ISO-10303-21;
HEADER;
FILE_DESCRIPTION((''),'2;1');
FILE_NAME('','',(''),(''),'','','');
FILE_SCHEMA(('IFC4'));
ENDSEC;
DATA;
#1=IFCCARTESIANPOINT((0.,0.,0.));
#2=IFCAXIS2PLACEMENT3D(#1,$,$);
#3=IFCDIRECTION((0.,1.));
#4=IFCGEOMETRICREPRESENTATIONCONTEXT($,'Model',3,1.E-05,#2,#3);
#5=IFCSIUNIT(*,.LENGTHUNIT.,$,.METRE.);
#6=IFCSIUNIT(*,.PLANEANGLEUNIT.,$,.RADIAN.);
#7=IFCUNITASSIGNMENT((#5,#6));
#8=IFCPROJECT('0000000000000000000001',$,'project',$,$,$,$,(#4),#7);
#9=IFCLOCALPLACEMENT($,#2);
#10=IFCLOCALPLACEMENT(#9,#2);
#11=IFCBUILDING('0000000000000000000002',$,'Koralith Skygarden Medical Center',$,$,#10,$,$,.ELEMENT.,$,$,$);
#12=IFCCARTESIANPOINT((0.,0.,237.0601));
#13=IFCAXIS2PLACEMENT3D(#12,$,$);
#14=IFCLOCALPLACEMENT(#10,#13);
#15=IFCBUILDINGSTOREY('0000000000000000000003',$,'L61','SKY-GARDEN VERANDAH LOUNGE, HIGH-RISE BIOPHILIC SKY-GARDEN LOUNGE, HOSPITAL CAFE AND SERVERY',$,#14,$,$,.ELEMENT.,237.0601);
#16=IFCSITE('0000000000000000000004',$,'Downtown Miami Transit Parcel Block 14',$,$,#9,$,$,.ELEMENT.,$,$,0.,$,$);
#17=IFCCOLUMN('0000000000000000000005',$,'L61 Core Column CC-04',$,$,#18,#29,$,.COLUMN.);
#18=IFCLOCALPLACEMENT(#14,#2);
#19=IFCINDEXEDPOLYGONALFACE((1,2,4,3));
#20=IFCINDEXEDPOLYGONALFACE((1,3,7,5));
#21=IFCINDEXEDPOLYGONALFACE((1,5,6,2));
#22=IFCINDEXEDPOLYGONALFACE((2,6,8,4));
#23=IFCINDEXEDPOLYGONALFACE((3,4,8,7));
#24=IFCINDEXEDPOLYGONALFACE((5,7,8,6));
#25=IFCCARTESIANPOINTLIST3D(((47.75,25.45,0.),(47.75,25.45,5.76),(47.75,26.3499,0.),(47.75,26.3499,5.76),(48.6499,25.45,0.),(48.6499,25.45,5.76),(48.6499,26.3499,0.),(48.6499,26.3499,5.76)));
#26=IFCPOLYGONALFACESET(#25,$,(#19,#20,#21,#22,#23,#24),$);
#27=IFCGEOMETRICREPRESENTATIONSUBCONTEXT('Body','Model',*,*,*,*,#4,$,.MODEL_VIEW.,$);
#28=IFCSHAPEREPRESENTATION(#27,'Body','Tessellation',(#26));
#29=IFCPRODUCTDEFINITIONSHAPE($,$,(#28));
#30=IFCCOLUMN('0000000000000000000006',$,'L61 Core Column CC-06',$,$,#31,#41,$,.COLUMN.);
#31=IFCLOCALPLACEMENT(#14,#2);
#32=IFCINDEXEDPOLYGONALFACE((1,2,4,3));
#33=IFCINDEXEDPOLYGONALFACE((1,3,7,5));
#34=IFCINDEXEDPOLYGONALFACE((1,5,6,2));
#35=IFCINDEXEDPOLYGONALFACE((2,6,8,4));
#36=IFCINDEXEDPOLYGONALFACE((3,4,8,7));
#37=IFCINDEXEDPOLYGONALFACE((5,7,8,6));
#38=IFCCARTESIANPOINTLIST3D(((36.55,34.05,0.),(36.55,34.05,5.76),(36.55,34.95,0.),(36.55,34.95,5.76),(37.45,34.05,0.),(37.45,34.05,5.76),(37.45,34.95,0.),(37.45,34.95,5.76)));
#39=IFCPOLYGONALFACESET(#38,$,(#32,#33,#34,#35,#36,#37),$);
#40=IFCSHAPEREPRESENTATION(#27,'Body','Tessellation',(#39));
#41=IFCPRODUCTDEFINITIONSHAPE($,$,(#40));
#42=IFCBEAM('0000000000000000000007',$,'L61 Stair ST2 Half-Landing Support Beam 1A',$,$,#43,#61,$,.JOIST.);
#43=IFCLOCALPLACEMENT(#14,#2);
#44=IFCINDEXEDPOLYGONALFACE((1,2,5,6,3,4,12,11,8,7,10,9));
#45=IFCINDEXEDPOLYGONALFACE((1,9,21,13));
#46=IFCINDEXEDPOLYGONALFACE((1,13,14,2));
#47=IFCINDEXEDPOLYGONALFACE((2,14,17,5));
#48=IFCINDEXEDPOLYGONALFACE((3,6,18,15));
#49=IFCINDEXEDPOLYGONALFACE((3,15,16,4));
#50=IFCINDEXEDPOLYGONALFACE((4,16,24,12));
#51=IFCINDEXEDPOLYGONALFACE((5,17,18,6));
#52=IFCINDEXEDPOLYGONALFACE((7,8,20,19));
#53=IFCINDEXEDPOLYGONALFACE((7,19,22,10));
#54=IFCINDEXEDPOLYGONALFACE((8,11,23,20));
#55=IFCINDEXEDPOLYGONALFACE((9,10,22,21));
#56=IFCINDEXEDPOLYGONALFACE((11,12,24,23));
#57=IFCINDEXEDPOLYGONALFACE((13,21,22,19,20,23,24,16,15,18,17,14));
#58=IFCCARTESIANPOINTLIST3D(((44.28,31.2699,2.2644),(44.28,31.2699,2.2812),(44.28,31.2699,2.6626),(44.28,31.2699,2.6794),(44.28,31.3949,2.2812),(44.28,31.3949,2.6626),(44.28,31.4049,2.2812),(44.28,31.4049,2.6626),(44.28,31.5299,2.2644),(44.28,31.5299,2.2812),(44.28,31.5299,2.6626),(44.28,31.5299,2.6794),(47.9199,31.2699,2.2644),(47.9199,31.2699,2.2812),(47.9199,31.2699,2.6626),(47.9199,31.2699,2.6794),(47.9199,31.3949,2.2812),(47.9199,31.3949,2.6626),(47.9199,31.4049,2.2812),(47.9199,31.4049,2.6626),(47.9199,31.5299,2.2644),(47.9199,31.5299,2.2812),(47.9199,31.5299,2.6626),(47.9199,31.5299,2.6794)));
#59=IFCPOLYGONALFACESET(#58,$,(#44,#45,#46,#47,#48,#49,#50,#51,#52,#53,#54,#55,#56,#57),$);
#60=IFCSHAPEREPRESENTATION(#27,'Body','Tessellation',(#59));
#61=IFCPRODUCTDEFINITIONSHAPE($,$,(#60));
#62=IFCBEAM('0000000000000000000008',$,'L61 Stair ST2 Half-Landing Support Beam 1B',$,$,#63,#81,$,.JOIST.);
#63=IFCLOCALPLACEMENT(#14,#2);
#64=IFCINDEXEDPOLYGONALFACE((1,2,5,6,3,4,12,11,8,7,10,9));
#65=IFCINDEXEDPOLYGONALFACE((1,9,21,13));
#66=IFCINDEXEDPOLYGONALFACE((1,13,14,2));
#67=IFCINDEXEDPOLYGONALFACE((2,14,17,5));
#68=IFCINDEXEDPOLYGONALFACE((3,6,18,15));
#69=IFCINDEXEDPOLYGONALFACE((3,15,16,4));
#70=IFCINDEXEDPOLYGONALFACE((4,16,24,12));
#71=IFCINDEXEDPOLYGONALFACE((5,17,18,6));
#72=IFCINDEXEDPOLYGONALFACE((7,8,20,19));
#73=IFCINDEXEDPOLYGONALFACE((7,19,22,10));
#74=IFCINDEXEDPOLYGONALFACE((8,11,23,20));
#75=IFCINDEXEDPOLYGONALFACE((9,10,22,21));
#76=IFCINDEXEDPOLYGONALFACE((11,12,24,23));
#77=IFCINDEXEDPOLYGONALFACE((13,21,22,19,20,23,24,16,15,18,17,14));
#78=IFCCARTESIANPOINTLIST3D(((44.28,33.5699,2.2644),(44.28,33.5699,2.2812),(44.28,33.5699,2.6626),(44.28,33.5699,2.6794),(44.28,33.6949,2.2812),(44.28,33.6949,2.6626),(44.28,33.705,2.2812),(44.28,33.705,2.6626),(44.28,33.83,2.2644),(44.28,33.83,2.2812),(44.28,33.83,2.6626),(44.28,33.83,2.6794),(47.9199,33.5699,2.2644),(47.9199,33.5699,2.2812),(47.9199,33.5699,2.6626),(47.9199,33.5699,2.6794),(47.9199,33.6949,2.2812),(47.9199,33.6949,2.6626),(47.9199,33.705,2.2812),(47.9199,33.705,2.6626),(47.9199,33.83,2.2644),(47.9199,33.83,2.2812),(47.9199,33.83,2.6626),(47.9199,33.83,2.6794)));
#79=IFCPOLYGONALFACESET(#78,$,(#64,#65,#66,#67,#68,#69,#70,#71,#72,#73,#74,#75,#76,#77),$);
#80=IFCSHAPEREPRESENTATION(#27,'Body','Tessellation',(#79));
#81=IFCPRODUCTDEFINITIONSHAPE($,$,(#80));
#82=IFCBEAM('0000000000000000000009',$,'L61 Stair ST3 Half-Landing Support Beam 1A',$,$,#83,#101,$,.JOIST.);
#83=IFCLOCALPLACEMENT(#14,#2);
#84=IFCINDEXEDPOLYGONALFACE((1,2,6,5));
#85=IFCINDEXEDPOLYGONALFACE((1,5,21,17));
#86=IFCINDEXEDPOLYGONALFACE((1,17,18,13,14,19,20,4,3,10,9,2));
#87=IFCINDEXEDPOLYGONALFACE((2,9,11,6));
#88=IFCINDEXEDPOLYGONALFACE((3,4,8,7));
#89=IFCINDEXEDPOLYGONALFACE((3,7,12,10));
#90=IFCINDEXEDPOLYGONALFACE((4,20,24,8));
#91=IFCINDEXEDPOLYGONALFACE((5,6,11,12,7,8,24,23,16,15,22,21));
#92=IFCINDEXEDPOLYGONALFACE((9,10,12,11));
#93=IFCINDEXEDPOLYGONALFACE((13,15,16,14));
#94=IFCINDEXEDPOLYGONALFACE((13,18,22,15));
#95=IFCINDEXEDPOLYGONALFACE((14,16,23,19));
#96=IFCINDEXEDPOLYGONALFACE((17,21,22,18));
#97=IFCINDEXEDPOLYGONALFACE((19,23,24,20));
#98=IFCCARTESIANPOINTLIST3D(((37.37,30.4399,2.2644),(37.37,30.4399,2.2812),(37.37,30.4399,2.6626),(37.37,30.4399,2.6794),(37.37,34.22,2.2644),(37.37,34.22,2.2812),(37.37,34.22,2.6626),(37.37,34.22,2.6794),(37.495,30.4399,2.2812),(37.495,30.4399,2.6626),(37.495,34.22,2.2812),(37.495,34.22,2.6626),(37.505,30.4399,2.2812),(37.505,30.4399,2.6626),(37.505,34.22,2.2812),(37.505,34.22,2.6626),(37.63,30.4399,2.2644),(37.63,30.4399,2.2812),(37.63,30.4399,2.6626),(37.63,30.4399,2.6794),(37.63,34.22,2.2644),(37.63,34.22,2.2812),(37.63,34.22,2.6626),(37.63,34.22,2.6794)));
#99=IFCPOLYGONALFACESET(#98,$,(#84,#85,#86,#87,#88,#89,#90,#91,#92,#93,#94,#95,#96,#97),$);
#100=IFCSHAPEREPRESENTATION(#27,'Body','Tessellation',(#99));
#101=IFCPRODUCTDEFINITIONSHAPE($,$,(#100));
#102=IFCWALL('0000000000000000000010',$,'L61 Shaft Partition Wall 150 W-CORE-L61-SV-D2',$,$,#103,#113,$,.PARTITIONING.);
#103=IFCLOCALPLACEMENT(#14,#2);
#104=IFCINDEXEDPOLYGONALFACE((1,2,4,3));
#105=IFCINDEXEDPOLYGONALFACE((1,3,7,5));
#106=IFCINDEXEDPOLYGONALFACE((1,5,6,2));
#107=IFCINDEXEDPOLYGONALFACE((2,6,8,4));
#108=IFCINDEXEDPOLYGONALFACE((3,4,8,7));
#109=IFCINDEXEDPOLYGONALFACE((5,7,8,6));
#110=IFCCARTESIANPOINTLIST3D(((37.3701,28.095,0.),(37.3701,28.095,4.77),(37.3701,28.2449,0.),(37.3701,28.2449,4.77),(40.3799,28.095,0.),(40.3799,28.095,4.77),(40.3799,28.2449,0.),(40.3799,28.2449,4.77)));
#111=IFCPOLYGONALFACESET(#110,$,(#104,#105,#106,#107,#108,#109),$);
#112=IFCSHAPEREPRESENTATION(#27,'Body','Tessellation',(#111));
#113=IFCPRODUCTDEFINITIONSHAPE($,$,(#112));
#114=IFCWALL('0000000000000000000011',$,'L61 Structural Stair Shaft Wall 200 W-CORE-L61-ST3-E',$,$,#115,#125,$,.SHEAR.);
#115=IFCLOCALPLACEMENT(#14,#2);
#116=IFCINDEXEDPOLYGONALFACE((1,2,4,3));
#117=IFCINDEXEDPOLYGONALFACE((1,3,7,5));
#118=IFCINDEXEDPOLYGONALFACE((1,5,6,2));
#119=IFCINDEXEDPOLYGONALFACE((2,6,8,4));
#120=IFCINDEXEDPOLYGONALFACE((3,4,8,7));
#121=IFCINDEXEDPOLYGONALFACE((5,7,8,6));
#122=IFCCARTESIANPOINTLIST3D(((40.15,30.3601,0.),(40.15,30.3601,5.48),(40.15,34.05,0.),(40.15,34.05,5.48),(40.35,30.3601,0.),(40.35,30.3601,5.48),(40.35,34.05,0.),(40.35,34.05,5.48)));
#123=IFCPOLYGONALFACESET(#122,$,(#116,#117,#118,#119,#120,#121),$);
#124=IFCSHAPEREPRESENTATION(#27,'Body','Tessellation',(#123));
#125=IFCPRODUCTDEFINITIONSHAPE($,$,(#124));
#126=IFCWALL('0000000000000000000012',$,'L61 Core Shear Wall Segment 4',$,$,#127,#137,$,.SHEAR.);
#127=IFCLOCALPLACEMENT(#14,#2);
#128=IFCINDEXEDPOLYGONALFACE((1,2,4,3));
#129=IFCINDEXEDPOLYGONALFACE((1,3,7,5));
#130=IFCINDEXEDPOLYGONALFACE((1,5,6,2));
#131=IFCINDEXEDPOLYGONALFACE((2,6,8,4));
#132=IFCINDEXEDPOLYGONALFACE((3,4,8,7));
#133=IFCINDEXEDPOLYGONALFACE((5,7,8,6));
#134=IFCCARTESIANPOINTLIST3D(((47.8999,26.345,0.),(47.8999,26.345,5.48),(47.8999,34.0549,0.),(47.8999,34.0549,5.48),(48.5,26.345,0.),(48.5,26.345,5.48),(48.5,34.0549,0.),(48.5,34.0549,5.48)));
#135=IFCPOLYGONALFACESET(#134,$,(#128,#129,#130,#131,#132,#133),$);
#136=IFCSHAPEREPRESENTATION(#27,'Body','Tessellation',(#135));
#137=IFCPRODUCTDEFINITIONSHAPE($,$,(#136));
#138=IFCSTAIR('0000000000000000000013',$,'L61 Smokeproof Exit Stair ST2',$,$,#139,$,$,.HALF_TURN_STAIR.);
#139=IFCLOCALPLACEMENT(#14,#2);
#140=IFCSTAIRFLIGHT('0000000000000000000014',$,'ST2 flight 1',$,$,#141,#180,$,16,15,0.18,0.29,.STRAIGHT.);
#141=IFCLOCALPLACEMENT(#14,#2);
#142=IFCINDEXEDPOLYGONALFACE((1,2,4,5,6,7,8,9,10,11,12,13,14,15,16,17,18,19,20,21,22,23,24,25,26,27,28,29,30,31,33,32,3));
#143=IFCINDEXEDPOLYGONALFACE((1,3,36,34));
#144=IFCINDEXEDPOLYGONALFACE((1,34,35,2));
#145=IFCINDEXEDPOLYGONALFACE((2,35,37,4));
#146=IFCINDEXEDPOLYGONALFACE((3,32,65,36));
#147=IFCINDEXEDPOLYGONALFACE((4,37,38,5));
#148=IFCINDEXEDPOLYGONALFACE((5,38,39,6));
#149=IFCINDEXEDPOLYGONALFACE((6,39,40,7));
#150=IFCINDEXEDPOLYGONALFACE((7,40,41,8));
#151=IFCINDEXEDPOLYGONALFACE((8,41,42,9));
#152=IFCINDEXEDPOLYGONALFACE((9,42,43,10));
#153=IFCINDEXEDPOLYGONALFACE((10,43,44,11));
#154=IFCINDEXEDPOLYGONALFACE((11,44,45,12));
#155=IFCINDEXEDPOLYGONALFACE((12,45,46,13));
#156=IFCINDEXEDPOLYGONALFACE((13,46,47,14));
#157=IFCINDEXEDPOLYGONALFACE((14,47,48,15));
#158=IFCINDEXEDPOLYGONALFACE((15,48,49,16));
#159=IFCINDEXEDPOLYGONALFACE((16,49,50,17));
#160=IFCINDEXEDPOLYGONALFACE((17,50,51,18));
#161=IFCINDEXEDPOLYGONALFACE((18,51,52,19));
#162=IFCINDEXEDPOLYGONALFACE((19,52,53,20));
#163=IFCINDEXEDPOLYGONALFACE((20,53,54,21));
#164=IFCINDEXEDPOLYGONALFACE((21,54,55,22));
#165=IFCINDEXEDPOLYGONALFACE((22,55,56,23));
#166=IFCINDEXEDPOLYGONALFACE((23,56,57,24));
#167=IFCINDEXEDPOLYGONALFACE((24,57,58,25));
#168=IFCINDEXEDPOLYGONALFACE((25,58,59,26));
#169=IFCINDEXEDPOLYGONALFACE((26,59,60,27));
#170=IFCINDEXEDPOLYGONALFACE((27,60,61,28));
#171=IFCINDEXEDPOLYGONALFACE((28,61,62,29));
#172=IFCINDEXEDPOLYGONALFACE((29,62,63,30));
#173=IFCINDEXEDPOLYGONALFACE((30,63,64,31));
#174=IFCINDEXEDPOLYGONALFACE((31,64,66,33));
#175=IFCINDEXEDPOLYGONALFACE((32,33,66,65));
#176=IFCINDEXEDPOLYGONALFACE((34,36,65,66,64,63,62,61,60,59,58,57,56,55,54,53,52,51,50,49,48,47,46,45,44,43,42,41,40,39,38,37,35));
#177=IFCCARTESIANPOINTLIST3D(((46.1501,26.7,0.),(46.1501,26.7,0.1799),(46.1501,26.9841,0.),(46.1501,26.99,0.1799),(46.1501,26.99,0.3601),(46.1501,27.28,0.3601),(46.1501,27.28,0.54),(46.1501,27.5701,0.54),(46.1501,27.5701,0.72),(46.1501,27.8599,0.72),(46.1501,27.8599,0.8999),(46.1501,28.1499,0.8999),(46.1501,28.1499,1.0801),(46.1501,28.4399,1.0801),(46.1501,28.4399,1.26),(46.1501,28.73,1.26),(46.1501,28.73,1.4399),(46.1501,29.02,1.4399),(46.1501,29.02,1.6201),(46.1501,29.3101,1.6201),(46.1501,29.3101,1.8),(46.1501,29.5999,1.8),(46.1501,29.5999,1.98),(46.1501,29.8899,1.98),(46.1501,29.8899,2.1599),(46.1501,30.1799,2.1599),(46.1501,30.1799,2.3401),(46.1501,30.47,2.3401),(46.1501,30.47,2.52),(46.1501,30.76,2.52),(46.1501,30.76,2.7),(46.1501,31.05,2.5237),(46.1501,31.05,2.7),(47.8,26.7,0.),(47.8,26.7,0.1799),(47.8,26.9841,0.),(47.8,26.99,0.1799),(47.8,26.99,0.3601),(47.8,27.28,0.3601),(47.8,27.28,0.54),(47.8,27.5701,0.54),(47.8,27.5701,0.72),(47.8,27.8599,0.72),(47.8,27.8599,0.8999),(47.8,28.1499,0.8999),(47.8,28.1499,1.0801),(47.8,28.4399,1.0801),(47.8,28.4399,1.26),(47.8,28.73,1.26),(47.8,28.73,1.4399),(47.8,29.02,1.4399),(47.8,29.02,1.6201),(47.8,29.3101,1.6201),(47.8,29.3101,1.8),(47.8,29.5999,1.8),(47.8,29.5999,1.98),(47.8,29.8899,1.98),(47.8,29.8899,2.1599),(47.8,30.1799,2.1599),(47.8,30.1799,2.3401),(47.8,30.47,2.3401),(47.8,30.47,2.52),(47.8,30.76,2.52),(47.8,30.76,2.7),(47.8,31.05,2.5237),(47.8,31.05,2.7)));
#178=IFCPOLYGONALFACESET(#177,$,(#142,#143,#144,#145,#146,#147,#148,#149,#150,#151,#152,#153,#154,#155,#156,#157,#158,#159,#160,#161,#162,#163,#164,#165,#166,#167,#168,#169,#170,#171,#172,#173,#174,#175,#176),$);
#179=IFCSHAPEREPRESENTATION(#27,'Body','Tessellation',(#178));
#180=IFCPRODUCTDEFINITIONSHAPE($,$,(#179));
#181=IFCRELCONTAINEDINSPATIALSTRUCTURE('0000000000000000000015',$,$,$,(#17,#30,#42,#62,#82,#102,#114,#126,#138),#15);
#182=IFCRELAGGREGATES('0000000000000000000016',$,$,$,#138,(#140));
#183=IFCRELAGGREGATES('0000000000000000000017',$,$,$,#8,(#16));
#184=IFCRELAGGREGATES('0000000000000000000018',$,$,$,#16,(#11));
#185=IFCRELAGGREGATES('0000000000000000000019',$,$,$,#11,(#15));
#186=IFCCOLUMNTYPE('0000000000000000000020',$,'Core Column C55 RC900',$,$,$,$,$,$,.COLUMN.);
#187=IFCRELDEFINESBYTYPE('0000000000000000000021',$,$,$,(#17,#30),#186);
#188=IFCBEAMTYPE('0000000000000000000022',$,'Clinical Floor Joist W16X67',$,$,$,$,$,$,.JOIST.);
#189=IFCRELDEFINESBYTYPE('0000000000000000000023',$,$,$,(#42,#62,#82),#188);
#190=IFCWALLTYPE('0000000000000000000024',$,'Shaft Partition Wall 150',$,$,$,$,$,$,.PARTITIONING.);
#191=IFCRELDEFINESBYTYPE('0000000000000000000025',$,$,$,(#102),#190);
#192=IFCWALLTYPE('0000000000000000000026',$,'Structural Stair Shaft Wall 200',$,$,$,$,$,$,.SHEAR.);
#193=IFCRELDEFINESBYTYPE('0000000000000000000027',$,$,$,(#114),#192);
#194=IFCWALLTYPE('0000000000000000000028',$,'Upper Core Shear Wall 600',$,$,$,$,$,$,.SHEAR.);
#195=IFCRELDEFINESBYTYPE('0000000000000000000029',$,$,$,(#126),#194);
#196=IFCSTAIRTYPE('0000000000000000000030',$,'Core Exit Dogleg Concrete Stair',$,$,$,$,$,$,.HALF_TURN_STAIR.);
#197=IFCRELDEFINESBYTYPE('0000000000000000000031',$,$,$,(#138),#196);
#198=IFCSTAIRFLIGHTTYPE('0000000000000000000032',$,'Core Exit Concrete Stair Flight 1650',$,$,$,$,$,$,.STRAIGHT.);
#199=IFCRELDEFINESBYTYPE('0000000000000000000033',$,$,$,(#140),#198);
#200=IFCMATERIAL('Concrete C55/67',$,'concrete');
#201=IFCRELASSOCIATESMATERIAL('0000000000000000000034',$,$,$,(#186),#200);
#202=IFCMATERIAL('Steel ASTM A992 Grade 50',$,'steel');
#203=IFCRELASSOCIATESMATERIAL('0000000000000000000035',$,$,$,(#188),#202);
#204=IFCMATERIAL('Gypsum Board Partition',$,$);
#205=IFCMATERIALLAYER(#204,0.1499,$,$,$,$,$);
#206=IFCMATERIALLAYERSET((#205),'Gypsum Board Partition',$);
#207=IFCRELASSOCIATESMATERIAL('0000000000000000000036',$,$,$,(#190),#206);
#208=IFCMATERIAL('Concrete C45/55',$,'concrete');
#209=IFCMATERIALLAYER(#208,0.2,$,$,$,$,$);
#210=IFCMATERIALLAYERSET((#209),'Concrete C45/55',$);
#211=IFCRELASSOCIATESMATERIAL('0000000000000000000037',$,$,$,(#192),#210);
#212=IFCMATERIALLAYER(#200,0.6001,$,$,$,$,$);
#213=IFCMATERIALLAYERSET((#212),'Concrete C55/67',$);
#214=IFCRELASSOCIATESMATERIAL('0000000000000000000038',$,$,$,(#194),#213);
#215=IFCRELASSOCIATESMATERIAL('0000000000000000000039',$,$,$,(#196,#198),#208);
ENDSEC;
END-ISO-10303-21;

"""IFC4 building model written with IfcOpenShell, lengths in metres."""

from ifc_helpers import new_model, si_unit, direction, frame, frame_2d, origin, origin_2d, place, context, subcontext, project, spatial, polyline, rectangle, i_section, outline, extrude, material, layer, layer_set, material_profile, profile_set, type_object, element, aggregate, save


model = new_model("IFC4")

# Units and contexts
model_context = context("Model", 3, precision=1e-05, world=origin(), true_north=direction((0.0, 1.0)))
body_context = subcontext(model_context, "Body", "Model", "MODEL_VIEW")
ifc_project = project(units=[si_unit("LENGTHUNIT", "METRE"), si_unit("PLANEANGLEUNIT", "RADIAN")], contexts=[model_context])

# Site, building, storey
site_placement = place(None, origin())
site = spatial("IfcSite", under=ifc_project, at=site_placement, Name="Downtown Miami Transit Parcel Block 14", CompositionType="ELEMENT", RefElevation=0.0)
building_placement = place(site_placement, origin())
building = spatial("IfcBuilding", under=site, at=building_placement, Name="Koralith Skygarden Medical Center", CompositionType="ELEMENT")
storey_placement = place(building_placement, frame((0.0, 0.0, 237.0601)))
storey = spatial("IfcBuildingStorey", under=building, at=storey_placement, Name="L61", Description="SKY-GARDEN VERANDAH LOUNGE, HIGH-RISE BIOPHILIC SKY-GARDEN LOUNGE, HOSPITAL CAFE AND SERVERY", CompositionType="ELEMENT", Elevation=237.0601)

# Columns
ifc_material_1 = material(Name="Concrete C55/67", Category="concrete")
ifc_material_profile_1 = material_profile(ifc_material_1, rectangle(XDim=0.8999, YDim=0.8999, at=origin_2d()), Name="RC900X900")
ifc_profile_set_1 = profile_set([ifc_material_profile_1], Name="Concrete C55/67")
column_type = type_object("IfcColumnType", Name="Core Column C55 RC900", PredefinedType="COLUMN", material=ifc_profile_set_1)
for number, where, z_axis, x_axis, name in (
    (1, (48.2, 25.8999, 0.0), (0.0, 0.0, 1.0), (1.0, 0.0, 0.0), "L61 Core Column CC-04"),
    (2, (37.0, 34.5, 0.0), (0.0, 0.0, 1.0), (1.0, 0.0, 0.0), "L61 Core Column CC-06"),
):
    element("IfcColumn", number, at=place(storey_placement, frame(where, z_axis=z_axis, x_axis=x_axis)), inside=storey, type_object=column_type, Name=name, PredefinedType="COLUMN", context=body_context, shape_type="SweptSolid", body=[
        extrude(rectangle(XDim=0.8999, YDim=0.8999, at=origin_2d()), origin(), (0.0, 0.0, 1.0), 5.76),
    ])

# Beams
ifc_material_2 = material(Name="Steel ASTM A992 Grade 50", Category="steel")
ifc_material_profile_2 = material_profile(ifc_material_2, i_section(OverallWidth=0.26, OverallDepth=0.415, WebThickness=0.01, FlangeThickness=0.0168, at=origin_2d()), Name="W16X67")
ifc_profile_set_2 = profile_set([ifc_material_profile_2], Name="Steel ASTM A992 Grade 50")
beam_type = type_object("IfcBeamType", Name="Clinical Floor Joist W16X67", PredefinedType="JOIST", material=ifc_profile_set_2)
for number, where, z_axis, x_axis, name in (
    (3, (44.28, 31.3999, 2.4719), (1.0, 0.0, 0.0), (0.0, 1.0, 0.0), "L61 Stair ST2 Half-Landing Support Beam 1A"),
    (4, (44.28, 33.7, 2.4719), (1.0, 0.0, 0.0), (0.0, 1.0, 0.0), "L61 Stair ST2 Half-Landing Support Beam 1B"),
):
    element("IfcBeam", number, at=place(storey_placement, frame(where, z_axis=z_axis, x_axis=x_axis)), inside=storey, type_object=beam_type, Name=name, PredefinedType="JOIST", context=body_context, shape_type="SweptSolid", body=[
        extrude(i_section(OverallWidth=0.26, OverallDepth=0.415, WebThickness=0.01, FlangeThickness=0.0168, at=origin_2d()), origin(), (0.0, 0.0, 1.0), 3.6399),
    ])
beam_placement = place(storey_placement, frame((37.5, 30.4399, 2.4719), z_axis=(0.0, 1.0, 0.0), x_axis=(-1.0, 0.0, 0.0)))
element("IfcBeam", 5, at=beam_placement, inside=storey, type_object=beam_type, Name="L61 Stair ST3 Half-Landing Support Beam 1A", PredefinedType="JOIST", context=body_context, shape_type="SweptSolid", body=[
    extrude(i_section(OverallWidth=0.26, OverallDepth=0.415, WebThickness=0.01, FlangeThickness=0.0168, at=origin_2d()), origin(), (0.0, 0.0, 1.0), 3.78),
])

# Walls
ifc_material_3 = material(Name="Gypsum Board Partition")
ifc_layer_1 = layer(ifc_material_3, 0.1499)
ifc_layer_set_1 = layer_set([ifc_layer_1], Name="Gypsum Board Partition")
wall_type_1 = type_object("IfcWallType", Name="Shaft Partition Wall 150", PredefinedType="PARTITIONING", material=ifc_layer_set_1)
wall_1_placement = place(storey_placement, frame((37.3701, 28.1699, 0.0), z_axis=(0.0, 0.0, 1.0), x_axis=(1.0, 0.0, 0.0)))
element("IfcWall", 6, at=wall_1_placement, inside=storey, type_object=wall_type_1, Name="L61 Shaft Partition Wall 150 W-CORE-L61-SV-D2", PredefinedType="PARTITIONING", context=body_context, shape_type="SweptSolid", body=[
    extrude(rectangle(XDim=3.0098, YDim=0.1499, at=frame_2d((1.5049, 0.0))), origin(), (0.0, 0.0, 1.0), 4.77),
])
ifc_material_4 = material(Name="Concrete C45/55", Category="concrete")
ifc_layer_2 = layer(ifc_material_4, 0.2)
ifc_layer_set_2 = layer_set([ifc_layer_2], Name="Concrete C45/55")
wall_type_2 = type_object("IfcWallType", Name="Structural Stair Shaft Wall 200", PredefinedType="SHEAR", material=ifc_layer_set_2)
wall_2_placement = place(storey_placement, frame((40.25, 30.3601, 0.0), z_axis=(0.0, 0.0, 1.0), x_axis=(0.0, 1.0, 0.0)))
element("IfcWall", 7, at=wall_2_placement, inside=storey, type_object=wall_type_2, Name="L61 Structural Stair Shaft Wall 200 W-CORE-L61-ST3-E", PredefinedType="SHEAR", context=body_context, shape_type="SweptSolid", body=[
    extrude(rectangle(XDim=3.6899, YDim=0.2, at=frame_2d((1.845, 0.0))), origin(), (0.0, 0.0, 1.0), 5.48),
])
ifc_layer_3 = layer(ifc_material_1, 0.6001)
ifc_layer_set_3 = layer_set([ifc_layer_3], Name="Concrete C55/67")
wall_type_3 = type_object("IfcWallType", Name="Upper Core Shear Wall 600", PredefinedType="SHEAR", material=ifc_layer_set_3)
wall_3_placement = place(storey_placement, frame((48.2, 26.345, 0.0), z_axis=(0.0, 0.0, 1.0), x_axis=(0.0, 1.0, 0.0)))
element("IfcWall", 8, at=wall_3_placement, inside=storey, type_object=wall_type_3, Name="L61 Core Shear Wall Segment 4", PredefinedType="SHEAR", context=body_context, shape_type="SweptSolid", body=[
    extrude(rectangle(XDim=7.71, YDim=0.6001, at=frame_2d((3.855, 0.0))), origin(), (0.0, 0.0, 1.0), 5.48),
])

# Stair, stair flight
stair_type = type_object("IfcStairType", Name="Core Exit Dogleg Concrete Stair", PredefinedType="HALF_TURN_STAIR", material=ifc_material_4)
stair_1_placement = place(storey_placement, origin())
stair_1 = element("IfcStair", 9, at=stair_1_placement, inside=storey, type_object=stair_type, Name="L61 Smokeproof Exit Stair ST2", PredefinedType="HALF_TURN_STAIR")
stair_flight_type = type_object("IfcStairFlightType", Name="Core Exit Concrete Stair Flight 1650", PredefinedType="STRAIGHT", material=ifc_material_4)
stair_flight_1_placement = place(storey_placement, frame((46.9751, 26.7, 0.0), z_axis=(0.0, 0.0, 1.0), x_axis=(0.0, 1.0, 0.0)))
stair_flight_1 = element("IfcStairFlight", 10, at=stair_flight_1_placement, type_object=stair_flight_type, Name="ST2 flight 1", NumberOfRisers=16, NumberOfTreads=15, PredefinedType="STRAIGHT", RiserHeight=0.18, TreadLength=0.29, context=body_context, shape_type="SweptSolid", body=[
    extrude(outline(polyline([(0.0, 0.0), (0.0, 0.1799), (0.29, 0.1799), (0.29, 0.3601), (0.5801, 0.3601), (0.5801, 0.54), (0.8701, 0.54), (0.8701, 0.72), (1.1599, 0.72), (1.1599, 0.8999), (1.45, 0.8999), (1.45, 1.0801), (1.74, 1.0801), (1.74, 1.26), (2.03, 1.26), (2.03, 1.4399), (2.3201, 1.4399), (2.3201, 1.6201), (2.6101, 1.6201), (2.6101, 1.8), (2.8999, 1.8), (2.8999, 1.98), (3.1899, 1.98), (3.1899, 2.1599), (3.48, 2.1599), (3.48, 2.3401), (3.77, 2.3401), (3.77, 2.52), (4.0601, 2.52), (4.0601, 2.7), (4.3501, 2.7), (4.3501, 2.8799), (4.3501, 2.5237), (0.2842, 0.0), (0.0, 0.0)])), frame((0.0, 0.825, 0.0), z_axis=(0.0, -1.0, 0.0), x_axis=(1.0, 0.0, 0.0)), (0.0, 0.0, 1.0), 1.6499),
])
aggregate(stair_1, [stair_flight_1])

save(model, "model.ifc")
